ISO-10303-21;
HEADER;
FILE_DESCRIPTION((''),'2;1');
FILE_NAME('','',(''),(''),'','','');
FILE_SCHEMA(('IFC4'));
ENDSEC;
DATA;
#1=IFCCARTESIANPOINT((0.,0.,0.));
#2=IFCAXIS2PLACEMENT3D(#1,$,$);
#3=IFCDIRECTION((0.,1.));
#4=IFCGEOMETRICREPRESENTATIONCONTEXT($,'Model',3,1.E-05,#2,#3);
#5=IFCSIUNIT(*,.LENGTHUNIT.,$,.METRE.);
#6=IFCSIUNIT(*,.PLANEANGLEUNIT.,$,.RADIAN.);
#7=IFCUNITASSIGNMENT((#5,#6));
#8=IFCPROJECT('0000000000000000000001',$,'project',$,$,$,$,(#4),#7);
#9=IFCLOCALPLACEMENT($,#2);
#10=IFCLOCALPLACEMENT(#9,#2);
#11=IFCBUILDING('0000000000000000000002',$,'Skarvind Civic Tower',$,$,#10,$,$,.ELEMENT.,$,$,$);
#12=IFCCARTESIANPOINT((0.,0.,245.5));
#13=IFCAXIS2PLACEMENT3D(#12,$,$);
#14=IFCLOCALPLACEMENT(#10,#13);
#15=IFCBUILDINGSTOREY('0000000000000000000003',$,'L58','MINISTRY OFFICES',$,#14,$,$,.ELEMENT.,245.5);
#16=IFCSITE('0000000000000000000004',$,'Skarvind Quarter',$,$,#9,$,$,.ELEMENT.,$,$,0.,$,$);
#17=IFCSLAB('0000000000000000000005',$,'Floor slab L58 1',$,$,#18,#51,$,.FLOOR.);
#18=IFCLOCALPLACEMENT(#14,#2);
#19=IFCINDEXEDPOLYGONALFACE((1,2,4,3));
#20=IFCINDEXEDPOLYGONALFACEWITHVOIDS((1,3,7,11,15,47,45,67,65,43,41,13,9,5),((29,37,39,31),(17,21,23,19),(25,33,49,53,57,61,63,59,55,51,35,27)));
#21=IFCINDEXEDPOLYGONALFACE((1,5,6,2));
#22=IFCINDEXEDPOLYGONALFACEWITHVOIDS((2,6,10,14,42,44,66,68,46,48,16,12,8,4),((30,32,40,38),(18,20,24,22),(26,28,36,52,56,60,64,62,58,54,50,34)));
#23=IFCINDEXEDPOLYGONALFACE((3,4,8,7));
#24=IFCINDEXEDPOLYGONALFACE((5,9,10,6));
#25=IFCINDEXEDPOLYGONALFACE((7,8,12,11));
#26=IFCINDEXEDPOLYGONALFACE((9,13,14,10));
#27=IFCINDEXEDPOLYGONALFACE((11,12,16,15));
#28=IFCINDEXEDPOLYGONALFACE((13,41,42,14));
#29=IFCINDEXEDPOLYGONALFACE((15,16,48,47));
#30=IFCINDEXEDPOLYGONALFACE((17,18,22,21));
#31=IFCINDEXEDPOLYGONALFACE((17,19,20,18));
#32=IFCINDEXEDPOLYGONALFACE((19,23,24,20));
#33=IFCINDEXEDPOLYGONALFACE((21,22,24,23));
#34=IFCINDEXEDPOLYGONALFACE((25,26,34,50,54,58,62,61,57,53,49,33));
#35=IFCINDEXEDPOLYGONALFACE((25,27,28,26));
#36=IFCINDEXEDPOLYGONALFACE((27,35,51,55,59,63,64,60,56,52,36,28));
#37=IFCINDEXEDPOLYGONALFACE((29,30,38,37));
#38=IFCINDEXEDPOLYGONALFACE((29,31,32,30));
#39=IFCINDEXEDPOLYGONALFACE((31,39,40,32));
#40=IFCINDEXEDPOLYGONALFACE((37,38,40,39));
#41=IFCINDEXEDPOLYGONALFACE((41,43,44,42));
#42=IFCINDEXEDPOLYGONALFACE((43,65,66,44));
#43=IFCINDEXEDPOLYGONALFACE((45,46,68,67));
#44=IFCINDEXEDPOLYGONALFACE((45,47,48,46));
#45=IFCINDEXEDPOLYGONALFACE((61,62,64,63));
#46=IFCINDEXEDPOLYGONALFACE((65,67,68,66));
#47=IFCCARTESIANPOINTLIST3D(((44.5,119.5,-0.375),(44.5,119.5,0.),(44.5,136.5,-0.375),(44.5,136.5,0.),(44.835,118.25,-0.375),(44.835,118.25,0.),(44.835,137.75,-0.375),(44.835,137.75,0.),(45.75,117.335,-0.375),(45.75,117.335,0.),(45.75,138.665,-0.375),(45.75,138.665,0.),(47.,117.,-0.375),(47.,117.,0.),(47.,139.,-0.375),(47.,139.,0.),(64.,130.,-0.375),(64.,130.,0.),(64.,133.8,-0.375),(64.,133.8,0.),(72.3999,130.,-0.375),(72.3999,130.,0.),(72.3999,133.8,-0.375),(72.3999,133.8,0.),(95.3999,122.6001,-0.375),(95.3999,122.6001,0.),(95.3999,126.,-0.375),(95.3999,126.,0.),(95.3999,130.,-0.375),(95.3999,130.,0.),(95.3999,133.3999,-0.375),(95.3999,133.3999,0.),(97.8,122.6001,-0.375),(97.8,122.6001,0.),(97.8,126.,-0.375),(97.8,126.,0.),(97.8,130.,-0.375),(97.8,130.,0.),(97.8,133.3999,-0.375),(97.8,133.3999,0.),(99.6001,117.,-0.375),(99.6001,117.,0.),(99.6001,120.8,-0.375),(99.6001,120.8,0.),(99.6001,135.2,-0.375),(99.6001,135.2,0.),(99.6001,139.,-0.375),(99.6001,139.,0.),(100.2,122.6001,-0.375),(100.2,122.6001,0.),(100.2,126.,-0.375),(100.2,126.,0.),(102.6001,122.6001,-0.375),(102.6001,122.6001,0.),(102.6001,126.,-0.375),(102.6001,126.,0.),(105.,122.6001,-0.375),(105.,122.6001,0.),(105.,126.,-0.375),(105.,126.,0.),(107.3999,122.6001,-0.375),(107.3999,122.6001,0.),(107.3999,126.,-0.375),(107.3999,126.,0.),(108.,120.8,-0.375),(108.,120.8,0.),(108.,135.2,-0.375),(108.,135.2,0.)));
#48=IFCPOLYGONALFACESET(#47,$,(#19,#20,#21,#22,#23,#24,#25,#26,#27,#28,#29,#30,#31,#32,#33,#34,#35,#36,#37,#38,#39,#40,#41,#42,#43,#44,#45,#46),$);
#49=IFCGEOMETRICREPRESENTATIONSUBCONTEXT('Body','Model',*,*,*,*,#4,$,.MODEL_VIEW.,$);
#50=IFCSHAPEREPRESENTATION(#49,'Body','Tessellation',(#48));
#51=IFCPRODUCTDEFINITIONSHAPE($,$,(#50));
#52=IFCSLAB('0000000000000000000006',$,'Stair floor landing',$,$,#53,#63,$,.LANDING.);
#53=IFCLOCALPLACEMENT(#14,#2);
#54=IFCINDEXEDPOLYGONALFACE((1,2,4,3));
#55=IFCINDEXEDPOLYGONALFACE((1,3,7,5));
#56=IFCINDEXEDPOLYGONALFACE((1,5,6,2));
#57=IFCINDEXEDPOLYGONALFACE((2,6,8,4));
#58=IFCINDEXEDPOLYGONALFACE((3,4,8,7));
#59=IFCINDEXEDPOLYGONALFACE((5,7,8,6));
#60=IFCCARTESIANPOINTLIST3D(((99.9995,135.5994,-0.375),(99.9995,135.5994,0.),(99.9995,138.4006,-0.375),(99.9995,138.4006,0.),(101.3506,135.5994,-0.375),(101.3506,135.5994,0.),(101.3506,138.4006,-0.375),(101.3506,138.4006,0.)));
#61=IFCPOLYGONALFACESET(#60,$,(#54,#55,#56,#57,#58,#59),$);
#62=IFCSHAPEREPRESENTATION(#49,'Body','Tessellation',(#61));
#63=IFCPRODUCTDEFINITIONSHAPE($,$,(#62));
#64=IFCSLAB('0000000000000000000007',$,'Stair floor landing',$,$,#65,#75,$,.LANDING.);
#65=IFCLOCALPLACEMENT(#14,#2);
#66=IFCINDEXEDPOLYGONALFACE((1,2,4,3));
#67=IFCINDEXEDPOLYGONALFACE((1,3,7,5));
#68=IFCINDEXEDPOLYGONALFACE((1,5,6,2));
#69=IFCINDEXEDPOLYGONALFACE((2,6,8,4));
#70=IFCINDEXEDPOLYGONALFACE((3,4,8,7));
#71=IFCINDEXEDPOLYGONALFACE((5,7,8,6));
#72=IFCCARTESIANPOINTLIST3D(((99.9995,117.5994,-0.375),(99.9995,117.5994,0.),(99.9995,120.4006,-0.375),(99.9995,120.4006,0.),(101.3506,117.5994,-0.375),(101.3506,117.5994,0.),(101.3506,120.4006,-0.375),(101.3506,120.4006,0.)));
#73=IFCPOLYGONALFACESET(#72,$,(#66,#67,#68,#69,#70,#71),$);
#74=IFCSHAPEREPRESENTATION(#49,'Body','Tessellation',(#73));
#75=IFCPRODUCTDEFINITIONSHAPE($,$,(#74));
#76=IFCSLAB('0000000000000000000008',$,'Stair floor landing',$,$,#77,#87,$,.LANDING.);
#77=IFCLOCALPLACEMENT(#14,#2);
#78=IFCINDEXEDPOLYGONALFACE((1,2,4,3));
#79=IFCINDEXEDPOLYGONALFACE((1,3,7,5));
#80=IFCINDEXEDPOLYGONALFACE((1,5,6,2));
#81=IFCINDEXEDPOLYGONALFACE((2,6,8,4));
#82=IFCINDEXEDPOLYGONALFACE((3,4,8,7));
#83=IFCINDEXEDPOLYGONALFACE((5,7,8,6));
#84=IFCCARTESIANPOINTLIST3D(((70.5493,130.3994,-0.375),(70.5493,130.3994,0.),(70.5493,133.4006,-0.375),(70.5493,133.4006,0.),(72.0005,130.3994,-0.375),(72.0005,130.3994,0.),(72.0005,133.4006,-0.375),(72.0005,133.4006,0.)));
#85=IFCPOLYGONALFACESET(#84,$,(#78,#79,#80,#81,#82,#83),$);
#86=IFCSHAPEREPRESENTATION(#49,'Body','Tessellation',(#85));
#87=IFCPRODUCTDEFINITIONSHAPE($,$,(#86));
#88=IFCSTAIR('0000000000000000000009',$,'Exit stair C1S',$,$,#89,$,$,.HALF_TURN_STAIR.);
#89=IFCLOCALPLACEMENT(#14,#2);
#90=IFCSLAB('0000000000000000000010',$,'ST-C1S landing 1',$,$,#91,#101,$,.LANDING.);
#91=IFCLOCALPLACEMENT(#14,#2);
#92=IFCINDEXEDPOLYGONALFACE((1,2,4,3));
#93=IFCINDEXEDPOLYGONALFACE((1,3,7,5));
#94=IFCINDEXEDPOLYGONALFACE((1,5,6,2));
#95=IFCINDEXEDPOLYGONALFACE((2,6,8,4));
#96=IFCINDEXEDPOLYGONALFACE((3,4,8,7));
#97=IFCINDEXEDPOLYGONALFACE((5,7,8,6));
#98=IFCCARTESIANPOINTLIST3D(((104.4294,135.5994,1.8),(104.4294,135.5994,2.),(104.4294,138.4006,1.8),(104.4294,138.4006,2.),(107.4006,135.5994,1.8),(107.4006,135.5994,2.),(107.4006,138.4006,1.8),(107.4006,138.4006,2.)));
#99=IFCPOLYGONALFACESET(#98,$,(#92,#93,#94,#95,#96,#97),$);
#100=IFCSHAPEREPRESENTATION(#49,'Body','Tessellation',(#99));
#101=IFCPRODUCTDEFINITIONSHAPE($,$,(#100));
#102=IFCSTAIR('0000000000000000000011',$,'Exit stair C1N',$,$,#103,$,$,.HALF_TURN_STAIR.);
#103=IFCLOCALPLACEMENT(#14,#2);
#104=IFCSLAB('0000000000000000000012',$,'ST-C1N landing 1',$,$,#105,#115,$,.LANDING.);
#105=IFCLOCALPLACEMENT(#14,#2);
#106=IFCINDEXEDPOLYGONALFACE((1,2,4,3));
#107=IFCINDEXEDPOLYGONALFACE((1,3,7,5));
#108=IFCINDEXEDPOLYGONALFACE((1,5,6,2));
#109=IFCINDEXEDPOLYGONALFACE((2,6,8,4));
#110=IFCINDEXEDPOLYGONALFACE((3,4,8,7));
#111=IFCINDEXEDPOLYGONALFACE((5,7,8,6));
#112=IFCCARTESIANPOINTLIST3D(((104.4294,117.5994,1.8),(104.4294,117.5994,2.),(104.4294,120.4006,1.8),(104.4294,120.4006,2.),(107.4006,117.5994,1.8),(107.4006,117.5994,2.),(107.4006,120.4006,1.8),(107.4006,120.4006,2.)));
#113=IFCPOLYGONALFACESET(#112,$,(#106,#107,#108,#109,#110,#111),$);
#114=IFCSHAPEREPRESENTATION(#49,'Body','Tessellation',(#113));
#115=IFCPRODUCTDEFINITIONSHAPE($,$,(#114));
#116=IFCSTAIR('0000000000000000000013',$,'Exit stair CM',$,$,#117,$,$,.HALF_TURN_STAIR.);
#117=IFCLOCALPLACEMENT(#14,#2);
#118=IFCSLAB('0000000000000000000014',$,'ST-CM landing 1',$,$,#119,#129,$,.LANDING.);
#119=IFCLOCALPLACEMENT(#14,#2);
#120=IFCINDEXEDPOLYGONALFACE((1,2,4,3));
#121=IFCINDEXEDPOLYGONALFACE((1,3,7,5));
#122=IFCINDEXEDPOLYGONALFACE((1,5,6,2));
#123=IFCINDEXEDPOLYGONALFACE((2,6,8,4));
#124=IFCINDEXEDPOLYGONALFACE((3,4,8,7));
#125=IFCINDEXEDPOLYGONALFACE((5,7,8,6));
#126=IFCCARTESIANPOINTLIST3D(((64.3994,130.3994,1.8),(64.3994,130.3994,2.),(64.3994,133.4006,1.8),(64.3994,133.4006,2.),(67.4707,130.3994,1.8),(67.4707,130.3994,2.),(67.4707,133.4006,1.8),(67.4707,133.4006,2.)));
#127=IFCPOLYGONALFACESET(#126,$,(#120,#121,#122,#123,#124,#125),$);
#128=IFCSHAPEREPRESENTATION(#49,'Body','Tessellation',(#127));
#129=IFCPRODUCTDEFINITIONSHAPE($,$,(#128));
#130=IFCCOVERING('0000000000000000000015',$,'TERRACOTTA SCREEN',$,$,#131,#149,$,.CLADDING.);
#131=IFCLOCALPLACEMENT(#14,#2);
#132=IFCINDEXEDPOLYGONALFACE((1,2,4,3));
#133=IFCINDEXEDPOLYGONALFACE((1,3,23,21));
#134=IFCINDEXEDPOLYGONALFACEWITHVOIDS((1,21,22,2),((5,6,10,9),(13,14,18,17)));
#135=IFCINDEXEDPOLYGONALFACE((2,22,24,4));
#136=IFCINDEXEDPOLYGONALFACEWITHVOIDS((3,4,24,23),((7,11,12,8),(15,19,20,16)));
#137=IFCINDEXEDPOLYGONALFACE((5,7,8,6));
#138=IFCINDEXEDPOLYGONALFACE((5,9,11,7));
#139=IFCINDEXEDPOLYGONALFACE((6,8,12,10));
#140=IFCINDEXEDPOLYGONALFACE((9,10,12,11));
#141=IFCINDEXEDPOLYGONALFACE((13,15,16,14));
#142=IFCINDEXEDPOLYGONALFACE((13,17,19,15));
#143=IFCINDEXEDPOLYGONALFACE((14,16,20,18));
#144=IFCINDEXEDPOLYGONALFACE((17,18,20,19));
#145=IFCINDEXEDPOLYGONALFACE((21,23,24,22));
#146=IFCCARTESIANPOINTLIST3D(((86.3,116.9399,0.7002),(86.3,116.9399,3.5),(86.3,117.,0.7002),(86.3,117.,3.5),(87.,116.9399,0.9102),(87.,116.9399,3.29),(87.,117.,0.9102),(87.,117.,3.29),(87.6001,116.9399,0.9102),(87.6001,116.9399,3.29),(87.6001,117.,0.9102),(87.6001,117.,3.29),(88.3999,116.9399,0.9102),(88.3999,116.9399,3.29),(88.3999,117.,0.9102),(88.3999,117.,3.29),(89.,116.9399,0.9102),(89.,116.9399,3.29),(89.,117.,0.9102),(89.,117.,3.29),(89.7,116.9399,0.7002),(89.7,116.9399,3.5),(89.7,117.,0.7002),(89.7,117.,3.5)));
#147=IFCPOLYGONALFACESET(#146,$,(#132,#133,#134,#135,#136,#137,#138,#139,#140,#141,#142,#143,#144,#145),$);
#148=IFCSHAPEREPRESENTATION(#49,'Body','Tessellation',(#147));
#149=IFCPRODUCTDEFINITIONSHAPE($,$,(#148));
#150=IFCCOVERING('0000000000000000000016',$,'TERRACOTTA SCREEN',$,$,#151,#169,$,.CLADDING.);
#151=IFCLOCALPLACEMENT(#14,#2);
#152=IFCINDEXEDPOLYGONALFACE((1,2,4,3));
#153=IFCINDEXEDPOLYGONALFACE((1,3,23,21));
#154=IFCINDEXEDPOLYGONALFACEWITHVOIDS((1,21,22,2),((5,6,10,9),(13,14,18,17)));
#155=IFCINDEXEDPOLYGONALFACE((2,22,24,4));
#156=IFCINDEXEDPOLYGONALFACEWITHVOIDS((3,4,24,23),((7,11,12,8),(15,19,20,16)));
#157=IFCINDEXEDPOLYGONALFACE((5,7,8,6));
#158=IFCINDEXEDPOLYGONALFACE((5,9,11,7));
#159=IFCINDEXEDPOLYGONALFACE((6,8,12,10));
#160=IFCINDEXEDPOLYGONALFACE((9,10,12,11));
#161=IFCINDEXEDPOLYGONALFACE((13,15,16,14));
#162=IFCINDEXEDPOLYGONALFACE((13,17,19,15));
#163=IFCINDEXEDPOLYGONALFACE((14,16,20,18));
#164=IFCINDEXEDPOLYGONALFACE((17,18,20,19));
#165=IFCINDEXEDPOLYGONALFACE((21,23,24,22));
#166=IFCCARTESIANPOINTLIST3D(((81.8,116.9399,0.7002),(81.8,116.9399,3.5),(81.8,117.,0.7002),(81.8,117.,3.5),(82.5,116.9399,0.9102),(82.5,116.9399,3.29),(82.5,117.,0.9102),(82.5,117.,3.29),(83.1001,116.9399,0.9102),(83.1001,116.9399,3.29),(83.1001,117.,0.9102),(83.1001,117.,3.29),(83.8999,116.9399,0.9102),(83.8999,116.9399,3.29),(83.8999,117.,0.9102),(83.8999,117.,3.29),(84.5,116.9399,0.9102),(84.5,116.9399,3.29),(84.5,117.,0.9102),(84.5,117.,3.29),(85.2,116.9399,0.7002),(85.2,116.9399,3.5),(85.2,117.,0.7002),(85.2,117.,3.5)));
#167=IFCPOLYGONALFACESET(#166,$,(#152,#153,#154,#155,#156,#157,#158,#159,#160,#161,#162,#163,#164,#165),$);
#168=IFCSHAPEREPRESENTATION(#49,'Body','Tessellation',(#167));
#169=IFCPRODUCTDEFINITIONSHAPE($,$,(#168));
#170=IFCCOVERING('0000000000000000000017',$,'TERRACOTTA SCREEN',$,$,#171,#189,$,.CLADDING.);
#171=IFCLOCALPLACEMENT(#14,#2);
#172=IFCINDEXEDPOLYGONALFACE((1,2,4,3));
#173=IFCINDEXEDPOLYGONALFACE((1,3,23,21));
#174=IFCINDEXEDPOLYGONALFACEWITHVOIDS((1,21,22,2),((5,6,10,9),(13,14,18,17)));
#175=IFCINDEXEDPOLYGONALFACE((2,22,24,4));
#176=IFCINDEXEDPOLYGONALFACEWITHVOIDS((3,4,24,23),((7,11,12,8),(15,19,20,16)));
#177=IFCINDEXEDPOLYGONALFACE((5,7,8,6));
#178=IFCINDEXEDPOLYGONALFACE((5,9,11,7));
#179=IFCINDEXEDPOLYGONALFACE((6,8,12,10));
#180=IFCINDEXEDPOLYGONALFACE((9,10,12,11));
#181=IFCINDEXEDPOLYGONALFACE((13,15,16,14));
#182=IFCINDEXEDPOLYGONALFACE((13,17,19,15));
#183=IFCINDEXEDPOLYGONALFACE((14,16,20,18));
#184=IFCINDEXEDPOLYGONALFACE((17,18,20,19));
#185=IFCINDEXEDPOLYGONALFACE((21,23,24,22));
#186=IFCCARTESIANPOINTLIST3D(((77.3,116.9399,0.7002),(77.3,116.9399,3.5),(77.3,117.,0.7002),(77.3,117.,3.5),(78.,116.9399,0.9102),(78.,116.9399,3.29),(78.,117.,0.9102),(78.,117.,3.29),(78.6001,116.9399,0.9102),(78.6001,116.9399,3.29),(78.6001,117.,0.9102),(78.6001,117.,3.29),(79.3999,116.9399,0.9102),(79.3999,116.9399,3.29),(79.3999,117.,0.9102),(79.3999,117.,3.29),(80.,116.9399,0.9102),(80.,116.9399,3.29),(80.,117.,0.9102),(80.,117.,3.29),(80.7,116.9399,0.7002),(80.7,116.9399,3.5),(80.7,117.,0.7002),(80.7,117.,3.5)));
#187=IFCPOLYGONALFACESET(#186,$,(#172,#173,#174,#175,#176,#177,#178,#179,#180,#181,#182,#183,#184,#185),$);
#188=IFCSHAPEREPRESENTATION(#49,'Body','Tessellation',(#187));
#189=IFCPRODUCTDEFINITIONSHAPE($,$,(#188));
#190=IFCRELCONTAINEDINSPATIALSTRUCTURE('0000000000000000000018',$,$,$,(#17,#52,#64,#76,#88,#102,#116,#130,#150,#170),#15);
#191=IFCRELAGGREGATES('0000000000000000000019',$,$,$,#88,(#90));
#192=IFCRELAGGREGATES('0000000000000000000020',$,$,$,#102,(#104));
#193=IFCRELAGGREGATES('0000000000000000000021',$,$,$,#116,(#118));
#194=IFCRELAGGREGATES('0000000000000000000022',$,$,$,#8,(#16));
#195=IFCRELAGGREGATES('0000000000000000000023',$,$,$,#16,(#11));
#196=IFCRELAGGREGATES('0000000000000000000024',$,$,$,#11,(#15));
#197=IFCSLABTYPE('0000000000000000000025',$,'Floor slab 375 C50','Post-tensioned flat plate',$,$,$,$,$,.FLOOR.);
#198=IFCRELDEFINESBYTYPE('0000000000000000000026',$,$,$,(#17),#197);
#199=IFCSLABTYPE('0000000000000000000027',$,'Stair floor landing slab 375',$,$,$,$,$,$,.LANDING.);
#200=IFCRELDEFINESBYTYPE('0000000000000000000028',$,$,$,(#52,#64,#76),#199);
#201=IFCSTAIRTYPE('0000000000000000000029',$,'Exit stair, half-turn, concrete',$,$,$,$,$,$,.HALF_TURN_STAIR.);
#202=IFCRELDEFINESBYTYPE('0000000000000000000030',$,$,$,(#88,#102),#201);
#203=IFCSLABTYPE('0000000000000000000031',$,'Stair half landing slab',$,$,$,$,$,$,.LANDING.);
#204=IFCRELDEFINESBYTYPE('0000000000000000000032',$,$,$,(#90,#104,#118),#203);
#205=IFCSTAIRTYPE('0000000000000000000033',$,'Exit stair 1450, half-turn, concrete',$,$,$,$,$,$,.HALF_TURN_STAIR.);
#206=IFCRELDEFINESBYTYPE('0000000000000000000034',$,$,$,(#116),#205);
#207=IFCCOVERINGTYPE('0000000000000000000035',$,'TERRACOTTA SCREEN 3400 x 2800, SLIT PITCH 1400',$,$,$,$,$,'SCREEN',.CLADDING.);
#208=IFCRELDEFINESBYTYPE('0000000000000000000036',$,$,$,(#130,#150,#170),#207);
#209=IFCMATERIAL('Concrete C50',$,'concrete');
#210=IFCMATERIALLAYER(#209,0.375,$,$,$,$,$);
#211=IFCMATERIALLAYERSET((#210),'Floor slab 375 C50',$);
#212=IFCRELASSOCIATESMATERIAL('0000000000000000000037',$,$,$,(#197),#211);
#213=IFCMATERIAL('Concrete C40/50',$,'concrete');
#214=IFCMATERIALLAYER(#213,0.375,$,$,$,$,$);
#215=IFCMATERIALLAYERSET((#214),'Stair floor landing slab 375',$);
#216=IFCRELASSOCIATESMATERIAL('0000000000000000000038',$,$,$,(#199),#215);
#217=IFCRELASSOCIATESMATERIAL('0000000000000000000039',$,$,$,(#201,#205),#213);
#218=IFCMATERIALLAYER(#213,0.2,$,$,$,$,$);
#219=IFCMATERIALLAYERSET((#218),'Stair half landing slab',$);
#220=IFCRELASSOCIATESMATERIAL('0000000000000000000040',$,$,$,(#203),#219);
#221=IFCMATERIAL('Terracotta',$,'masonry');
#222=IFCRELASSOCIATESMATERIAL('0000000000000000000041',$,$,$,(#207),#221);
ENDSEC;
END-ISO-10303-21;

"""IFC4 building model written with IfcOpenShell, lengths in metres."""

from ifc_helpers import new_model, si_unit, direction, frame, origin, place, context, subcontext, project, spatial, polyline, outline, extrude, material, layer, layer_set, material_profile, profile_set, type_object, element, aggregate, save


model = new_model("IFC4")

# Units and contexts
model_context = context("Model", 3, precision=1e-05, world=origin(), true_north=direction((0.0, 1.0)))
body_context = subcontext(model_context, "Body", "Model", "MODEL_VIEW")
ifc_project = project(units=[si_unit("LENGTHUNIT", "METRE"), si_unit("PLANEANGLEUNIT", "RADIAN")], contexts=[model_context])

# Site, building, storey
site_placement = place(None, origin())
site = spatial("IfcSite", under=ifc_project, at=site_placement, Name="Skarvind Quarter", CompositionType="ELEMENT", RefElevation=0.0)
building_placement = place(site_placement, origin())
building = spatial("IfcBuilding", under=site, at=building_placement, Name="Skarvind Civic Tower", CompositionType="ELEMENT")
storey_placement = place(building_placement, frame((0.0, 0.0, 245.5)))
storey = spatial("IfcBuildingStorey", under=building, at=storey_placement, Name="L58", Description="MINISTRY OFFICES", CompositionType="ELEMENT", Elevation=245.5)

# Slabs
ifc_material_1 = material(Name="Concrete C50", Category="concrete")
ifc_layer_1 = layer(ifc_material_1, 0.375)
ifc_layer_set_1 = layer_set([ifc_layer_1], Name="Floor slab 375 C50")
slab_type_1 = type_object("IfcSlabType", Name="Floor slab 375 C50", Description="Post-tensioned flat plate", PredefinedType="FLOOR", material=ifc_layer_set_1)
slab_1_placement = place(storey_placement, frame((0.0, 0.0, -0.375)))
element("IfcSlab", 1, at=slab_1_placement, inside=storey, type_object=slab_type_1, Name="Floor slab L58 1", PredefinedType="FLOOR", context=body_context, shape_type="SweptSolid", body=[
    extrude(outline(polyline([(99.6001, 117.0), (99.6001, 120.8), (108.0, 120.8), (108.0, 135.2), (99.6001, 135.2), (99.6001, 139.0), (47.0, 139.0), (45.75, 138.665), (44.835, 137.75), (44.5, 136.5), (44.5, 119.5), (44.835, 118.25), (45.75, 117.335), (47.0, 117.0), (99.6001, 117.0)]), holes=[polyline([(95.3999, 126.0), (97.8, 126.0), (100.2, 126.0), (102.6001, 126.0), (105.0, 126.0), (107.3999, 126.0), (107.3999, 122.6001), (105.0, 122.6001), (102.6001, 122.6001), (100.2, 122.6001), (97.8, 122.6001), (95.3999, 122.6001), (95.3999, 126.0)]), polyline([(95.3999, 133.3999), (97.8, 133.3999), (97.8, 130.0), (95.3999, 130.0), (95.3999, 133.3999)]), polyline([(64.0, 130.0), (64.0, 133.8), (72.3999, 133.8), (72.3999, 130.0), (64.0, 130.0)])]), origin(), (0.0, 0.0, 1.0), 0.375),
])
ifc_material_2 = material(Name="Concrete C40/50", Category="concrete")
ifc_layer_2 = layer(ifc_material_2, 0.375)
ifc_layer_set_2 = layer_set([ifc_layer_2], Name="Stair floor landing slab 375")
slab_type_2 = type_object("IfcSlabType", Name="Stair floor landing slab 375", PredefinedType="LANDING", material=ifc_layer_set_2)
slab_2_placement = place(storey_placement, frame((0.0, 0.0, -0.375)))
element("IfcSlab", 2, at=slab_2_placement, inside=storey, type_object=slab_type_2, Name="Stair floor landing", PredefinedType="LANDING", context=body_context, shape_type="SweptSolid", body=[
    extrude(outline(polyline([(101.3506, 138.4006), (101.3506, 135.5994), (99.9995, 135.5994), (99.9995, 138.4006), (101.3506, 138.4006)])), origin(), (0.0, 0.0, 1.0), 0.375),
])
slab_3_placement = place(storey_placement, frame((0.0, 0.0, -0.375)))
element("IfcSlab", 3, at=slab_3_placement, inside=storey, type_object=slab_type_2, Name="Stair floor landing", PredefinedType="LANDING", context=body_context, shape_type="SweptSolid", body=[
    extrude(outline(polyline([(101.3506, 120.4006), (101.3506, 117.5994), (99.9995, 117.5994), (99.9995, 120.4006), (101.3506, 120.4006)])), origin(), (0.0, 0.0, 1.0), 0.375),
])
slab_4_placement = place(storey_placement, frame((0.0, 0.0, -0.375)))
element("IfcSlab", 4, at=slab_4_placement, inside=storey, type_object=slab_type_2, Name="Stair floor landing", PredefinedType="LANDING", context=body_context, shape_type="SweptSolid", body=[
    extrude(outline(polyline([(70.5493, 130.3994), (70.5493, 133.4006), (72.0005, 133.4006), (72.0005, 130.3994), (70.5493, 130.3994)])), origin(), (0.0, 0.0, 1.0), 0.375),
])

# Stairs, slabs
stair_type_1 = type_object("IfcStairType", Name="Exit stair, half-turn, concrete", PredefinedType="HALF_TURN_STAIR", material=ifc_material_2)
stair_1_placement = place(storey_placement, origin())
stair_1 = element("IfcStair", 5, at=stair_1_placement, inside=storey, type_object=stair_type_1, Name="Exit stair C1S", PredefinedType="HALF_TURN_STAIR")
ifc_layer_3 = layer(ifc_material_2, 0.2)
ifc_layer_set_3 = layer_set([ifc_layer_3], Name="Stair half landing slab")
slab_type_3 = type_object("IfcSlabType", Name="Stair half landing slab", PredefinedType="LANDING", material=ifc_layer_set_3)
slab_5_placement = place(storey_placement, frame((0.0, 0.0, 1.8)))
slab_5 = element("IfcSlab", 6, at=slab_5_placement, type_object=slab_type_3, Name="ST-C1S landing 1", PredefinedType="LANDING", context=body_context, shape_type="SweptSolid", body=[
    extrude(outline(polyline([(104.4294, 135.5994), (104.4294, 138.4006), (107.4006, 138.4006), (107.4006, 135.5994), (104.4294, 135.5994)])), origin(), (0.0, 0.0, 1.0), 0.2),
])
aggregate(stair_1, [slab_5])
stair_2_placement = place(storey_placement, origin())
stair_2 = element("IfcStair", 7, at=stair_2_placement, inside=storey, type_object=stair_type_1, Name="Exit stair C1N", PredefinedType="HALF_TURN_STAIR")
slab_6_placement = place(storey_placement, frame((0.0, 0.0, 1.8)))
slab_6 = element("IfcSlab", 8, at=slab_6_placement, type_object=slab_type_3, Name="ST-C1N landing 1", PredefinedType="LANDING", context=body_context, shape_type="SweptSolid", body=[
    extrude(outline(polyline([(104.4294, 117.5994), (104.4294, 120.4006), (107.4006, 120.4006), (107.4006, 117.5994), (104.4294, 117.5994)])), origin(), (0.0, 0.0, 1.0), 0.2),
])
aggregate(stair_2, [slab_6])
stair_type_2 = type_object("IfcStairType", Name="Exit stair 1450, half-turn, concrete", PredefinedType="HALF_TURN_STAIR", material=ifc_material_2)
stair_3_placement = place(storey_placement, origin())
stair_3 = element("IfcStair", 9, at=stair_3_placement, inside=storey, type_object=stair_type_2, Name="Exit stair CM", PredefinedType="HALF_TURN_STAIR")
slab_7_placement = place(storey_placement, frame((0.0, 0.0, 1.8)))
slab_7 = element("IfcSlab", 10, at=slab_7_placement, type_object=slab_type_3, Name="ST-CM landing 1", PredefinedType="LANDING", context=body_context, shape_type="SweptSolid", body=[
    extrude(outline(polyline([(67.4707, 133.4006), (67.4707, 130.3994), (64.3994, 130.3994), (64.3994, 133.4006), (67.4707, 133.4006)])), origin(), (0.0, 0.0, 1.0), 0.2),
])
aggregate(stair_3, [slab_7])

# Coverings
ifc_material_3 = material(Name="Terracotta", Category="masonry")
ifc_material_profile = material_profile(ifc_material_3, outline(polyline([(-1.7, -1.3999), (1.7, -1.3999), (1.7, 1.3999), (-1.7, 1.3999), (-1.7, -1.3999)]), holes=[polyline([(-1.0, -1.1899), (-0.3999, -1.1899), (-0.3999, 1.1899), (-1.0, 1.1899), (-1.0, -1.1899)]), polyline([(0.3999, -1.1899), (1.0, -1.1899), (1.0, 1.1899), (0.3999, 1.1899), (0.3999, -1.1899)])]), Name="TERRACOTTA SCREEN 3400 x 2800, SLIT PITCH 1400")
ifc_profile_set = profile_set([ifc_material_profile], Name="Terracotta")
covering_type = type_object("IfcCoveringType", Name="TERRACOTTA SCREEN 3400 x 2800, SLIT PITCH 1400", ElementType="SCREEN", PredefinedType="CLADDING", material=ifc_profile_set)
for number, where, z_axis, x_axis, name in (
    (11, (88.0, 117.0, 2.1001), (0.0, -1.0, 0.0), (1.0, 0.0, 0.0), "TERRACOTTA SCREEN"),
    (12, (83.5, 117.0, 2.1001), (0.0, -1.0, 0.0), (1.0, 0.0, 0.0), "TERRACOTTA SCREEN"),
    (13, (79.0, 117.0, 2.1001), (0.0, -1.0, 0.0), (1.0, 0.0, 0.0), "TERRACOTTA SCREEN"),
):
    element("IfcCovering", number, at=place(storey_placement, frame(where, z_axis=z_axis, x_axis=x_axis)), inside=storey, type_object=covering_type, Name=name, PredefinedType="CLADDING", context=body_context, shape_type="SweptSolid", body=[
        extrude(outline(polyline([(-1.7, -1.3999), (1.7, -1.3999), (1.7, 1.3999), (-1.7, 1.3999), (-1.7, -1.3999)]), holes=[polyline([(-1.0, -1.1899), (-0.3999, -1.1899), (-0.3999, 1.1899), (-1.0, 1.1899), (-1.0, -1.1899)]), polyline([(0.3999, -1.1899), (1.0, -1.1899), (1.0, 1.1899), (0.3999, 1.1899), (0.3999, -1.1899)])]), origin(), (0.0, 0.0, 1.0), 0.0601),
    ])

save(model, "model.ifc")
